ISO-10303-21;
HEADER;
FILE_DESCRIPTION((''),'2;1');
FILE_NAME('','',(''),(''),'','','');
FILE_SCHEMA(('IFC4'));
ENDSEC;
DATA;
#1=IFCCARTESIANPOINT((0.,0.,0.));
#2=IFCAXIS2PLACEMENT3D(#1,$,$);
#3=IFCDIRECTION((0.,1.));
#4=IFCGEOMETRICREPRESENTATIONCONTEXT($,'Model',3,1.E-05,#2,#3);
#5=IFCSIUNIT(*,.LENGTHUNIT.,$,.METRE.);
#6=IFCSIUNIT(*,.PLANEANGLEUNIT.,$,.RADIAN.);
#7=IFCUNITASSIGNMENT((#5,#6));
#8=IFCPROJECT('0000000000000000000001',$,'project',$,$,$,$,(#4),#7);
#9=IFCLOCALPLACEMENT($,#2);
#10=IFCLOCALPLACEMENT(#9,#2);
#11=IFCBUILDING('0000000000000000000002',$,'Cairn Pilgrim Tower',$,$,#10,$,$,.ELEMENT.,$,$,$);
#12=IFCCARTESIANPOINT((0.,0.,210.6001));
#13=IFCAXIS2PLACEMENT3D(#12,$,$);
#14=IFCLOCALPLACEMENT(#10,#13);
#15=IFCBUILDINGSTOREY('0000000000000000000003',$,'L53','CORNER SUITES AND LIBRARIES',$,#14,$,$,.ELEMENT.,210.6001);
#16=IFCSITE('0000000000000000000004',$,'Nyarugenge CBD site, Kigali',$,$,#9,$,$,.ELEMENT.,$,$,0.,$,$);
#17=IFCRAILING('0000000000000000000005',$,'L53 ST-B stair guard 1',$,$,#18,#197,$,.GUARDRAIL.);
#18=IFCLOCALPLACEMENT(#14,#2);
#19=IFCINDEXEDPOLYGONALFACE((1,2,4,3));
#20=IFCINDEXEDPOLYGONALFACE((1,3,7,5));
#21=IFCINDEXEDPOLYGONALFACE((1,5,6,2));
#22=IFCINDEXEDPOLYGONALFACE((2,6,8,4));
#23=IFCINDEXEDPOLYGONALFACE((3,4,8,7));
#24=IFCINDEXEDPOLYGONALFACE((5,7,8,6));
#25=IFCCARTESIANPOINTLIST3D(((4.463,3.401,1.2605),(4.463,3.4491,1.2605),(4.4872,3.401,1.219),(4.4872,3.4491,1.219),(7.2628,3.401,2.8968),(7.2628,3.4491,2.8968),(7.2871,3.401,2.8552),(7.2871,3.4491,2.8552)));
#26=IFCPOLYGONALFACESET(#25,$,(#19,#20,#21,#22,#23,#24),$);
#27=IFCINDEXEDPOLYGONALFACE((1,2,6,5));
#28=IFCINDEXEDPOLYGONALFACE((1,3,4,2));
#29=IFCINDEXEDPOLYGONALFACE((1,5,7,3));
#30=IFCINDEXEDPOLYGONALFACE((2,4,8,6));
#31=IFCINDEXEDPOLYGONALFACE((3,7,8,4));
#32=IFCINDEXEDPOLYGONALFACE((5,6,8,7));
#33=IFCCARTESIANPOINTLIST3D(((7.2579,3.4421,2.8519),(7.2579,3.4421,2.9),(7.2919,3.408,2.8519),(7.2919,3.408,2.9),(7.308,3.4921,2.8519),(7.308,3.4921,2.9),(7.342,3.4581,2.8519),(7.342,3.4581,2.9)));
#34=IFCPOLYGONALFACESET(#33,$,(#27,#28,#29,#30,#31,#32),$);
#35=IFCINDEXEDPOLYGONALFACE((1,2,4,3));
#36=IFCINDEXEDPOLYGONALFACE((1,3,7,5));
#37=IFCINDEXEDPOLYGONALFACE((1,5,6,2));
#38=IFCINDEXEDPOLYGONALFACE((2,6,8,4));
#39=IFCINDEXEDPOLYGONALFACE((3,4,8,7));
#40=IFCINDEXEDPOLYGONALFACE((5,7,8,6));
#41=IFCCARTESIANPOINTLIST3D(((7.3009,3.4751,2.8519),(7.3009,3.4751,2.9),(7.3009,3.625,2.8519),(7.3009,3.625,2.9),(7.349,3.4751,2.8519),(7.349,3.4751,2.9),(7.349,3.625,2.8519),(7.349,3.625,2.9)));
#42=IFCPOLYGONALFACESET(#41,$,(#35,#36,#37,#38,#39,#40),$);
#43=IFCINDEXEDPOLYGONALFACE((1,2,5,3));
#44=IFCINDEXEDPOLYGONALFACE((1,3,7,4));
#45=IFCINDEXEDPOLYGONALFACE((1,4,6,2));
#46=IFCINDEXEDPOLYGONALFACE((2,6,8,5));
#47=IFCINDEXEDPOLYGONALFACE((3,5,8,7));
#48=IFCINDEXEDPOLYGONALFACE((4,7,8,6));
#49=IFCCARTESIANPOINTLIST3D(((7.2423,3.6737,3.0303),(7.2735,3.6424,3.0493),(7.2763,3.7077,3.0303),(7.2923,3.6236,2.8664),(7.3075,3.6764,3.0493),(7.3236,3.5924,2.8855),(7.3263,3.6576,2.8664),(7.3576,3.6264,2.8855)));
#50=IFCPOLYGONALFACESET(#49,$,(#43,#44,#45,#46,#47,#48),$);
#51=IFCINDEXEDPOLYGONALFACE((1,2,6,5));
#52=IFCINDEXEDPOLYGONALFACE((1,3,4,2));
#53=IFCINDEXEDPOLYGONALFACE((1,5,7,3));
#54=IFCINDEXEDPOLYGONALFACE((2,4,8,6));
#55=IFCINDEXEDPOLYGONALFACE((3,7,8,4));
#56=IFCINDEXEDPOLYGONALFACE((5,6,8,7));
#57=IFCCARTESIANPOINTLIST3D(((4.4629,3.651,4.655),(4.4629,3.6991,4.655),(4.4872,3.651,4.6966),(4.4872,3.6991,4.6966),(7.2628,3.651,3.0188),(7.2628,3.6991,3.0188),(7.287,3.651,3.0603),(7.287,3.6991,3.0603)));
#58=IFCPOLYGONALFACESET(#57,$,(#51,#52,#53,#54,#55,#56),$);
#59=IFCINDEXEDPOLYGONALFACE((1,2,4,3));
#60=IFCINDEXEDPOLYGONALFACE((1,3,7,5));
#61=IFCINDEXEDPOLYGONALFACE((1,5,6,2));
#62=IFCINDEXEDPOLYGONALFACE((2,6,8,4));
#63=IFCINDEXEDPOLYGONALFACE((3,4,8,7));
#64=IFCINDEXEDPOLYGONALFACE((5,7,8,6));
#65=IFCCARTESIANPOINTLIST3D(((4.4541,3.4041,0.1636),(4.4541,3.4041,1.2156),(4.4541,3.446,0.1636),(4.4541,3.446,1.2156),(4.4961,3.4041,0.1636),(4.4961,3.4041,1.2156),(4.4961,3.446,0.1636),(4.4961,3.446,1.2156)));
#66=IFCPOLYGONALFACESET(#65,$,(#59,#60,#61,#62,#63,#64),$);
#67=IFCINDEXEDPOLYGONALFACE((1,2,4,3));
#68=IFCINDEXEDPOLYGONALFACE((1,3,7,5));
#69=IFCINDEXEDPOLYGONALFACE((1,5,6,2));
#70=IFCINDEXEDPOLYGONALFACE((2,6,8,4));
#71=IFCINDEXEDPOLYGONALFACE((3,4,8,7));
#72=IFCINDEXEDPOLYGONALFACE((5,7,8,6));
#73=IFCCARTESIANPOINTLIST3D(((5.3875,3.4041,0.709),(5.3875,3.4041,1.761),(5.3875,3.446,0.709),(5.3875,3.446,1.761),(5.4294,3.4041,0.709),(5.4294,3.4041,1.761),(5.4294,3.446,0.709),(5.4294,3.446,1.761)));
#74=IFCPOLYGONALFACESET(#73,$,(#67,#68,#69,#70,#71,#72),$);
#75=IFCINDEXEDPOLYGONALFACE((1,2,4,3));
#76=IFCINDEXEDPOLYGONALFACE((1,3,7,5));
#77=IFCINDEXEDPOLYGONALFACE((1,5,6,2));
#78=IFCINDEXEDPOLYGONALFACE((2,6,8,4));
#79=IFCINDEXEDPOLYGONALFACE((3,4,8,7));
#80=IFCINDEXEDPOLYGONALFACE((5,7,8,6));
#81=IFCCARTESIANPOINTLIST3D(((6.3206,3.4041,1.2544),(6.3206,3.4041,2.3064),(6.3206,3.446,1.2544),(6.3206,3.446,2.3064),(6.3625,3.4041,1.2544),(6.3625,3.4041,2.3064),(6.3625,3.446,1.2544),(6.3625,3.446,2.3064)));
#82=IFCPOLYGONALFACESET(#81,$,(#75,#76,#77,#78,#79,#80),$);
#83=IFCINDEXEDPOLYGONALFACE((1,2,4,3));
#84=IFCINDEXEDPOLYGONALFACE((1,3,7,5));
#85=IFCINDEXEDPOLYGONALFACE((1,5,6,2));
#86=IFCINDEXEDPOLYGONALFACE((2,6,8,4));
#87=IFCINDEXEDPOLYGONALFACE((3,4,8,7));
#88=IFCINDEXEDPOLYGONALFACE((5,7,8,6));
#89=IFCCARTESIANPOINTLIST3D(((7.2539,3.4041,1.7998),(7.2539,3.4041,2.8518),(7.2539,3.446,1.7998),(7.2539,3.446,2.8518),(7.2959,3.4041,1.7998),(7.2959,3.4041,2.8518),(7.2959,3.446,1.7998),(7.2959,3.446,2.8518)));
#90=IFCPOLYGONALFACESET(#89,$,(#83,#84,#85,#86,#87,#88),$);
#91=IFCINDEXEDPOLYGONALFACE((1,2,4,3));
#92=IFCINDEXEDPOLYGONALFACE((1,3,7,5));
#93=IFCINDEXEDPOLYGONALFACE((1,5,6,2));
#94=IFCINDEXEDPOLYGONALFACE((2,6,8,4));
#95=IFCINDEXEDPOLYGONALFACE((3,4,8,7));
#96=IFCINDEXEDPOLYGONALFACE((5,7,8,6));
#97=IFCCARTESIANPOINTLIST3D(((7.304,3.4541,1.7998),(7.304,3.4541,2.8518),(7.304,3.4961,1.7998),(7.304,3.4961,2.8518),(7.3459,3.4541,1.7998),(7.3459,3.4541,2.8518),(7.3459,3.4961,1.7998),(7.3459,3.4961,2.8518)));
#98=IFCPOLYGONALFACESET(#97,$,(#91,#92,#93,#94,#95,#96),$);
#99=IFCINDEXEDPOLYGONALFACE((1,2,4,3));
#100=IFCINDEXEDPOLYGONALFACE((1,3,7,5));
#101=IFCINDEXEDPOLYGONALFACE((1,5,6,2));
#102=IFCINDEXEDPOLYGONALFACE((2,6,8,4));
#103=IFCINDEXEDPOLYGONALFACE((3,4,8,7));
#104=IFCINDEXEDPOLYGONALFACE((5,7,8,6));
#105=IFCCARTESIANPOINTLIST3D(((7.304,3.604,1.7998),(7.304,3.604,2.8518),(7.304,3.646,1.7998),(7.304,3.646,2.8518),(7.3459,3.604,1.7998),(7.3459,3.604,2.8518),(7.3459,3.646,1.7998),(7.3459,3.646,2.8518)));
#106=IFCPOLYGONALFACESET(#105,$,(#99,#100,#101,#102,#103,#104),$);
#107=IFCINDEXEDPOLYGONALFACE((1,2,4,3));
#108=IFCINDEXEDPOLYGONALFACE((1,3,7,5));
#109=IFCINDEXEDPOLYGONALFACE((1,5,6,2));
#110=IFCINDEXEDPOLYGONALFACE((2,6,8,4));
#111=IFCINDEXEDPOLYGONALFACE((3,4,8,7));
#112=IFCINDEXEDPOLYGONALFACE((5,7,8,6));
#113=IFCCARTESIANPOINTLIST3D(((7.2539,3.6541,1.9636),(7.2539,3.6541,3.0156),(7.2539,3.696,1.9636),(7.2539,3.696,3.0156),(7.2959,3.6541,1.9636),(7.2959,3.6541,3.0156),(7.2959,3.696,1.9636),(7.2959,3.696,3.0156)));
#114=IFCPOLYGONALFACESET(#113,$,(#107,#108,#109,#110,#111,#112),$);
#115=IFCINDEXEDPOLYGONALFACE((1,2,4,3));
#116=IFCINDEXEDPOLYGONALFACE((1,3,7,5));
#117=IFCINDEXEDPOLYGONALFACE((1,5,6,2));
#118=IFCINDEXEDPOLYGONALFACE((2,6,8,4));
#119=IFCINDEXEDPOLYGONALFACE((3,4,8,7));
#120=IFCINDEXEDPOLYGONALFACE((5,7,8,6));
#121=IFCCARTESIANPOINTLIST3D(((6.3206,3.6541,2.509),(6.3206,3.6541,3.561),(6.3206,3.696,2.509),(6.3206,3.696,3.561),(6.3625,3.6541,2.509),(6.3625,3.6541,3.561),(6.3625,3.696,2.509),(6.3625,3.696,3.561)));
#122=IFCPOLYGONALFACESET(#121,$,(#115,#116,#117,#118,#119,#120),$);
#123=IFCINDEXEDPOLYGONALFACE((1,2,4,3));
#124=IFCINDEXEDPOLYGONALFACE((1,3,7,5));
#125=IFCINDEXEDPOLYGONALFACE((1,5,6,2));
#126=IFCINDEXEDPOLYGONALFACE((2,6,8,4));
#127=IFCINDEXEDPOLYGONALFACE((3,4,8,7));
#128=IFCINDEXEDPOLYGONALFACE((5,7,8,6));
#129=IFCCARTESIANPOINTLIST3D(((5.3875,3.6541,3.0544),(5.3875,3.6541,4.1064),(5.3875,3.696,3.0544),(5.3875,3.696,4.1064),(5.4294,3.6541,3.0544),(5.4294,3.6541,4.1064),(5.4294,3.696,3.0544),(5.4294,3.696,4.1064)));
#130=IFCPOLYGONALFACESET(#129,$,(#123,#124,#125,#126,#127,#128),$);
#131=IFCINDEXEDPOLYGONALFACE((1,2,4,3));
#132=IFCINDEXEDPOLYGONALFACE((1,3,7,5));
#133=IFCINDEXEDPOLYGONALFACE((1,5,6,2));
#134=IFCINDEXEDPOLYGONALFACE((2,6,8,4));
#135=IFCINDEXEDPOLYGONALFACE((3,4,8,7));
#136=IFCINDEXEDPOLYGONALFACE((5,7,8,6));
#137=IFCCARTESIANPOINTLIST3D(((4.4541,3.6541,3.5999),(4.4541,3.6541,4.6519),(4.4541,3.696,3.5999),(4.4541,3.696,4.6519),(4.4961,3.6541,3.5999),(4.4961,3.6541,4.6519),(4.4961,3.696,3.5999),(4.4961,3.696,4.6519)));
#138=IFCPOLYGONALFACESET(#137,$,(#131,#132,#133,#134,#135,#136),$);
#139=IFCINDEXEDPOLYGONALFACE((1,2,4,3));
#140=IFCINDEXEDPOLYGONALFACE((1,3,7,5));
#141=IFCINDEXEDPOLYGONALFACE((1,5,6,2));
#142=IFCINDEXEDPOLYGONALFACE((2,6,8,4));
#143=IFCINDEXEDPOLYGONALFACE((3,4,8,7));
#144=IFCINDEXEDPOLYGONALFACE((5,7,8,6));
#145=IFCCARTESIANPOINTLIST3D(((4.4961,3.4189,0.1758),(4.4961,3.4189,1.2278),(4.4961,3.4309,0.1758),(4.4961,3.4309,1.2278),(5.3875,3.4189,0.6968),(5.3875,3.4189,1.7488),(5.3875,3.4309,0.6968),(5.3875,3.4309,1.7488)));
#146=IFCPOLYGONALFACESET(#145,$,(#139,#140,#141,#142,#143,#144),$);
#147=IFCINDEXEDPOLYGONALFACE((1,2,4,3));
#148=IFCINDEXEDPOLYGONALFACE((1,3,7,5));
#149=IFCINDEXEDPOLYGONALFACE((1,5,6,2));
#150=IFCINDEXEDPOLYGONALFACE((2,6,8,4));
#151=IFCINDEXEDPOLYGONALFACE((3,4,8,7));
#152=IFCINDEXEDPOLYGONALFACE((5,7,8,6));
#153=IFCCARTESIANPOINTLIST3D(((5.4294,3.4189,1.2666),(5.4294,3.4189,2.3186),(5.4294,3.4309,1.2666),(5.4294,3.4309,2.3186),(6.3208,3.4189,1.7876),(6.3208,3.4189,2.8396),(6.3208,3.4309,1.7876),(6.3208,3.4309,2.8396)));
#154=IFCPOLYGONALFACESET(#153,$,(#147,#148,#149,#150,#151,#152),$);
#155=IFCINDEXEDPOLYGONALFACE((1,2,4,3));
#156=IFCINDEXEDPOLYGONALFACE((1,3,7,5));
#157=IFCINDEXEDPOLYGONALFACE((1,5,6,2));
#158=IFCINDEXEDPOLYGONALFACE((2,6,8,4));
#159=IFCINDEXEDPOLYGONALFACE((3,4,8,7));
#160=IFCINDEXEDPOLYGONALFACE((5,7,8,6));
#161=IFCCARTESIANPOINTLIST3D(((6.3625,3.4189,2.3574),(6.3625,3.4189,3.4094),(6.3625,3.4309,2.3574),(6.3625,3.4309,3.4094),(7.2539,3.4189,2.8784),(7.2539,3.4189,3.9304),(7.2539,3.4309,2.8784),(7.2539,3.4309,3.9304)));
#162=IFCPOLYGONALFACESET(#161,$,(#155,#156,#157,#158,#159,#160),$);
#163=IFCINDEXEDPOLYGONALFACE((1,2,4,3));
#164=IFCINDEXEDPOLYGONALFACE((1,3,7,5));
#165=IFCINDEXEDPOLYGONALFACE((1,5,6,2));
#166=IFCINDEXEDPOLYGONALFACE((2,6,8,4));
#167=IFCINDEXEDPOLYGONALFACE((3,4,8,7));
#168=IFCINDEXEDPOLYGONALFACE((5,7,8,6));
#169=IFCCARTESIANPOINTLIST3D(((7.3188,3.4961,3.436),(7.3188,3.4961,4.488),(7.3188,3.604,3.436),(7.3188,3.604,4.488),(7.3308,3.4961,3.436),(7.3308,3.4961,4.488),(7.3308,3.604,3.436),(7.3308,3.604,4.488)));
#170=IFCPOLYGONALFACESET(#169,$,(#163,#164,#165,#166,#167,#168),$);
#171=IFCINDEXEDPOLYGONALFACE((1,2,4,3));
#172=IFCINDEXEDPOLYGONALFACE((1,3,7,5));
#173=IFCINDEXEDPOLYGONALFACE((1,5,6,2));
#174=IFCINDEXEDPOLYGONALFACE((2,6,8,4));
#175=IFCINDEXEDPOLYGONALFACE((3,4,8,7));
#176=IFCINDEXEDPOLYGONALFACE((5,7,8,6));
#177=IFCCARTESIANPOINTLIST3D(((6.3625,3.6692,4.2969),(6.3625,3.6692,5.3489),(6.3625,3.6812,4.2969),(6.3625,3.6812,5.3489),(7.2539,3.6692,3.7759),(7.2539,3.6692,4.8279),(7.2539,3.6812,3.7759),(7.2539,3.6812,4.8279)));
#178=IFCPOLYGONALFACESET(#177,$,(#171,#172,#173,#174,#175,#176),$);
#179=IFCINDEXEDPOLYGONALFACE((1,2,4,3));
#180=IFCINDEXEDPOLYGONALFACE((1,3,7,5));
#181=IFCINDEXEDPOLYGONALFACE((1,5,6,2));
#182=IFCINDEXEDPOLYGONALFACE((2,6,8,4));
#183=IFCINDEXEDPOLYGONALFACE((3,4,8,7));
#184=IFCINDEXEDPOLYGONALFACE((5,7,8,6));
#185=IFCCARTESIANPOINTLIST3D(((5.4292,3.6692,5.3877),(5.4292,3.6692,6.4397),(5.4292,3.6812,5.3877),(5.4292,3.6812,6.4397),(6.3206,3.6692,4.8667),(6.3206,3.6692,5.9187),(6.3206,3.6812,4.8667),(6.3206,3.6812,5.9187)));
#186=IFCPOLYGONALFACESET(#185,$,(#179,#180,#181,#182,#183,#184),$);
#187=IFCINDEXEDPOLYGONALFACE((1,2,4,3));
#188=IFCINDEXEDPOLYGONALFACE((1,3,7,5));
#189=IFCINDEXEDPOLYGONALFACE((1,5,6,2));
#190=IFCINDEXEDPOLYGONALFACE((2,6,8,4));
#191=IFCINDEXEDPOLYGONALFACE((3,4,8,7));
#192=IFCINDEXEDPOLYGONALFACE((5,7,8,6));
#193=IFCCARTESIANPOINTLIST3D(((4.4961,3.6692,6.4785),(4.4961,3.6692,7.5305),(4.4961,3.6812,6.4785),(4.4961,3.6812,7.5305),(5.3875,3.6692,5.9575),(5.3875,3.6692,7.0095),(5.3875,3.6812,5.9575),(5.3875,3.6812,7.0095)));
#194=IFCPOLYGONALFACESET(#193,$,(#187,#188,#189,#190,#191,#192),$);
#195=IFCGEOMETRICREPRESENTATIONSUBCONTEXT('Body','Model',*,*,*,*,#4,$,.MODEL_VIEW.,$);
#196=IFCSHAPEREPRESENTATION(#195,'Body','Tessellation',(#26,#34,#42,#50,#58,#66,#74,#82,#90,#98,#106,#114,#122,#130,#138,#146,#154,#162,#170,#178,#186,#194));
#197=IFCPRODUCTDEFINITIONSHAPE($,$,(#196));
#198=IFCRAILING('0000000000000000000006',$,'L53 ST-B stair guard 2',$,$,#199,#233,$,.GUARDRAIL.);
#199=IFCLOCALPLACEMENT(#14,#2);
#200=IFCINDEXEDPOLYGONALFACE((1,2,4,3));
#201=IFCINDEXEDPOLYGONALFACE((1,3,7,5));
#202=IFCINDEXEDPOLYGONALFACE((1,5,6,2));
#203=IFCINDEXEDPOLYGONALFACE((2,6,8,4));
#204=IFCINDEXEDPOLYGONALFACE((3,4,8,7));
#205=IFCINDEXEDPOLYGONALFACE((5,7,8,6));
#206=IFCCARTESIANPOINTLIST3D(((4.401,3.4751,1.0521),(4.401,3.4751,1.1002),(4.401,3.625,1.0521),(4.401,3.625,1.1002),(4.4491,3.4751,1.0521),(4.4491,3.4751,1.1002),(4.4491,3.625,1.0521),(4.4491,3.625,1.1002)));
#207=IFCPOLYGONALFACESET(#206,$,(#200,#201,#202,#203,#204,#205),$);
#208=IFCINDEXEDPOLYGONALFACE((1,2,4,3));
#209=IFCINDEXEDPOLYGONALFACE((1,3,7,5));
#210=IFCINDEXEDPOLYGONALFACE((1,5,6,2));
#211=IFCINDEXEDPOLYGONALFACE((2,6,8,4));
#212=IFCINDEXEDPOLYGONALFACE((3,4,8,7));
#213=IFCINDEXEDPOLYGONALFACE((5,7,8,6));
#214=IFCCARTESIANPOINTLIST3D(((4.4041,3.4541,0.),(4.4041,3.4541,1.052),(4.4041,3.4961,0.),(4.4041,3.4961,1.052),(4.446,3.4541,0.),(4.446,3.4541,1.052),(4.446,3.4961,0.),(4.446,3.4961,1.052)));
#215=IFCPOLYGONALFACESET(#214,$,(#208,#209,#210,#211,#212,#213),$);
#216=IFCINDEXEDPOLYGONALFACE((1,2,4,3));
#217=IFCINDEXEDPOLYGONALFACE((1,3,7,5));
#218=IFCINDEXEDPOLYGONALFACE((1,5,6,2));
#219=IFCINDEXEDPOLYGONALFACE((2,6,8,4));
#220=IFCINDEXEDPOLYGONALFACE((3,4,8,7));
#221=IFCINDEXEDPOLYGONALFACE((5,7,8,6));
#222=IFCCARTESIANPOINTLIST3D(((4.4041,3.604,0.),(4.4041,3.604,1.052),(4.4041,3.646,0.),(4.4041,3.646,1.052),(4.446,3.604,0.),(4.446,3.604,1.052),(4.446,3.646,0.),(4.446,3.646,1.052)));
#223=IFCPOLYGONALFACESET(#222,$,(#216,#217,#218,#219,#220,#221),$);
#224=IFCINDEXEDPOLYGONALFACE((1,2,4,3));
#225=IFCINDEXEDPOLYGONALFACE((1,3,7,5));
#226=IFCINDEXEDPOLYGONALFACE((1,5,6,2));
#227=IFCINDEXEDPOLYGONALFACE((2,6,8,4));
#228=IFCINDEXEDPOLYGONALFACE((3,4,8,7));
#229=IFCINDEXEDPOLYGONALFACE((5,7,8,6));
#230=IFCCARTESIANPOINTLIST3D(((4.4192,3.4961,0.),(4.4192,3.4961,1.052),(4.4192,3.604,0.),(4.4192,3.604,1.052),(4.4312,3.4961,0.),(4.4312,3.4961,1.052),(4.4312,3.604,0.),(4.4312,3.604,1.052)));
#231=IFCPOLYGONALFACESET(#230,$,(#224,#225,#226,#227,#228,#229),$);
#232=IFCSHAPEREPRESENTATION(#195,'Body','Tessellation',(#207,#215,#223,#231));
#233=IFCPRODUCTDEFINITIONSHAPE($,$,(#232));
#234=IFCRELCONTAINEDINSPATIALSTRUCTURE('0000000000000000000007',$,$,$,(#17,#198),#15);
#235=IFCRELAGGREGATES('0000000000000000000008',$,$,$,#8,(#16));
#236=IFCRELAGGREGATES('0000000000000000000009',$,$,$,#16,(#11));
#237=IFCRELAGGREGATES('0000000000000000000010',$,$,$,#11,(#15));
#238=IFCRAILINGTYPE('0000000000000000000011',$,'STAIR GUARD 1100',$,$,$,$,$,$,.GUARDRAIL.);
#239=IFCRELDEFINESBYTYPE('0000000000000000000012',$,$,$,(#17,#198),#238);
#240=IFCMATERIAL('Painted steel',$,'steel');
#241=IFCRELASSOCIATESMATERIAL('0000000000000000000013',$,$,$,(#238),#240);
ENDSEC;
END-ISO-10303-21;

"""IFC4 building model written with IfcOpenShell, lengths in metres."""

from ifc_helpers import new_model, si_unit, direction, frame, origin, origin_2d, place, context, subcontext, project, spatial, polyline, rectangle, outline, extrude, material, type_object, element, save


model = new_model("IFC4")

# Units and contexts
model_context = context("Model", 3, precision=1e-05, world=origin(), true_north=direction((0.0, 1.0)))
body_context = subcontext(model_context, "Body", "Model", "MODEL_VIEW")
ifc_project = project(units=[si_unit("LENGTHUNIT", "METRE"), si_unit("PLANEANGLEUNIT", "RADIAN")], contexts=[model_context])

# Site, building, storey
site_placement = place(None, origin())
site = spatial("IfcSite", under=ifc_project, at=site_placement, Name="Nyarugenge CBD site, Kigali", CompositionType="ELEMENT", RefElevation=0.0)
building_placement = place(site_placement, origin())
building = spatial("IfcBuilding", under=site, at=building_placement, Name="Cairn Pilgrim Tower", CompositionType="ELEMENT")
storey_placement = place(building_placement, frame((0.0, 0.0, 210.6001)))
storey = spatial("IfcBuildingStorey", under=building, at=storey_placement, Name="L53", Description="CORNER SUITES AND LIBRARIES", CompositionType="ELEMENT", Elevation=210.6001)

# Shared definitions
ifc_material_1 = material(Name="Painted steel", Category="steel")

# Railings
railing_type_1 = type_object("IfcRailingType", Name="STAIR GUARD 1100", PredefinedType="GUARDRAIL", material=ifc_material_1)
railing_1_placement = place(storey_placement, frame((4.4751, 3.425, 0.1636)))
element("IfcRailing", 1, at=railing_1_placement, inside=storey, type_object=railing_type_1, Name="L53 ST-B stair guard 1", PredefinedType="GUARDRAIL", context=body_context, shape_type="SweptSolid", body=[
    extrude(rectangle(XDim=0.0481, YDim=0.0481, at=origin_2d()), frame((0.0, 0.0, 1.0762), z_axis=(0.863374, 0.0, 0.504564), x_axis=(0.0, 1.0, 0.0)), (0.0, 0.0, 1.0), 3.2429),
    extrude(rectangle(XDim=0.0481, YDim=0.0481, at=origin_2d()), frame((2.7998, 0.0, 2.7124), z_axis=(0.707107, 0.707107, 0.0), x_axis=(-0.707107, 0.707107, 0.0)), (0.0, 0.0, 1.0), 0.0708),
    extrude(rectangle(XDim=0.0481, YDim=0.0481, at=origin_2d()), frame((2.8499, 0.05, 2.7124), z_axis=(0.0, 1.0, 0.0), x_axis=(-1.0, 0.0, 0.0)), (0.0, 0.0, 1.0), 0.1499),
    extrude(rectangle(XDim=0.0481, YDim=0.0481, at=origin_2d()), frame((2.8499, 0.2, 2.7124), z_axis=(-0.280456, 0.280456, 0.917981), x_axis=(-0.707107, -0.707107, 0.0)), (0.0, 0.0, 1.0), 0.1785),
    extrude(rectangle(XDim=0.0481, YDim=0.0481, at=origin_2d()), frame((2.7998, 0.25, 2.876), z_axis=(-0.863374, 0.0, 0.504564), x_axis=(0.0, -1.0, 0.0)), (0.0, 0.0, 1.0), 3.2429),
    extrude(rectangle(XDim=0.042, YDim=0.042, at=origin_2d()), origin(), (0.0, 0.0, 1.0), 1.052),
    extrude(rectangle(XDim=0.042, YDim=0.042, at=origin_2d()), frame((0.9333, 0.0, 0.5454)), (0.0, 0.0, 1.0), 1.052),
    extrude(rectangle(XDim=0.042, YDim=0.042, at=origin_2d()), frame((1.8665, 0.0, 1.0908)), (0.0, 0.0, 1.0), 1.052),
    extrude(rectangle(XDim=0.042, YDim=0.042, at=origin_2d()), frame((2.7998, 0.0, 1.6362)), (0.0, 0.0, 1.0), 1.052),
    extrude(rectangle(XDim=0.042, YDim=0.042, at=origin_2d()), frame((2.8499, 0.05, 1.6362)), (0.0, 0.0, 1.0), 1.052),
    extrude(rectangle(XDim=0.042, YDim=0.042, at=origin_2d()), frame((2.8499, 0.2, 1.6362)), (0.0, 0.0, 1.0), 1.052),
    extrude(rectangle(XDim=0.042, YDim=0.042, at=origin_2d()), frame((2.7998, 0.25, 1.8)), (0.0, 0.0, 1.0), 1.052),
    extrude(rectangle(XDim=0.042, YDim=0.042, at=origin_2d()), frame((1.8665, 0.25, 2.3455)), (0.0, 0.0, 1.0), 1.052),
    extrude(rectangle(XDim=0.042, YDim=0.042, at=origin_2d()), frame((0.9333, 0.25, 2.8909)), (0.0, 0.0, 1.0), 1.052),
    extrude(rectangle(XDim=0.042, YDim=0.042, at=origin_2d()), frame((0.0, 0.25, 3.4363)), (0.0, 0.0, 1.0), 1.052),
    extrude(outline(polyline([(0.021, 0.0122), (0.9124, 0.5332), (0.9124, 1.5852), (0.021, 1.0642), (0.021, 0.0122)])), frame((0.0, 0.0059, 0.0), z_axis=(0.0, -1.0, 0.0), x_axis=(1.0, 0.0, 0.0)), (0.0, 0.0, 1.0), 0.012),
    extrude(outline(polyline([(0.021, 0.5576), (0.9124, 1.0786), (0.9124, 2.1306), (0.021, 1.6096), (0.021, 0.5576)])), frame((0.9333, 0.0059, 0.5454), z_axis=(0.0, -1.0, 0.0), x_axis=(1.0, 0.0, 0.0)), (0.0, 0.0, 1.0), 0.012),
    extrude(outline(polyline([(0.021, 1.103), (0.9124, 1.624), (0.9124, 2.676), (0.021, 2.155), (0.021, 1.103)])), frame((1.8665, 0.0059, 1.0908), z_axis=(0.0, -1.0, 0.0), x_axis=(1.0, 0.0, 0.0)), (0.0, 0.0, 1.0), 0.012),
    extrude(outline(polyline([(0.021, 1.6362), (0.1289, 1.6362), (0.1289, 2.6882), (0.021, 2.6882), (0.021, 1.6362)])), frame((2.8438, 0.05, 1.6362), z_axis=(1.0, 0.0, 0.0), x_axis=(0.0, 1.0, 0.0)), (0.0, 0.0, 1.0), 0.012),
    extrude(outline(polyline([(0.021, 1.8123), (0.9124, 2.3333), (0.9124, 3.3853), (0.021, 2.8643), (0.021, 1.8123)])), frame((2.7998, 0.2441, 1.8), z_axis=(0.0, 1.0, 0.0), x_axis=(-1.0, 0.0, 0.0)), (0.0, 0.0, 1.0), 0.012),
    extrude(outline(polyline([(0.021, 2.3577), (0.9124, 2.8787), (0.9124, 3.9307), (0.021, 3.4097), (0.021, 2.3577)])), frame((1.8665, 0.2441, 2.3455), z_axis=(0.0, 1.0, 0.0), x_axis=(-1.0, 0.0, 0.0)), (0.0, 0.0, 1.0), 0.012),
    extrude(outline(polyline([(0.021, 2.9031), (0.9124, 3.4241), (0.9124, 4.4761), (0.021, 3.9551), (0.021, 2.9031)])), frame((0.9333, 0.2441, 2.8909), z_axis=(0.0, 1.0, 0.0), x_axis=(-1.0, 0.0, 0.0)), (0.0, 0.0, 1.0), 0.012),
])
railing_2_placement = place(storey_placement, frame((4.425, 3.4751, 0.0)))
element("IfcRailing", 2, at=railing_2_placement, inside=storey, type_object=railing_type_1, Name="L53 ST-B stair guard 2", PredefinedType="GUARDRAIL", context=body_context, shape_type="SweptSolid", body=[
    extrude(rectangle(XDim=0.0481, YDim=0.0481, at=origin_2d()), frame((0.0, 0.0, 1.0762), z_axis=(0.0, 1.0, 0.0), x_axis=(-1.0, 0.0, 0.0)), (0.0, 0.0, 1.0), 0.1499),
    extrude(rectangle(XDim=0.042, YDim=0.042, at=origin_2d()), origin(), (0.0, 0.0, 1.0), 1.052),
    extrude(rectangle(XDim=0.042, YDim=0.042, at=origin_2d()), frame((0.0, 0.1499, 0.0)), (0.0, 0.0, 1.0), 1.052),
    extrude(outline(polyline([(0.021, 0.0), (0.1289, 0.0), (0.1289, 1.052), (0.021, 1.052), (0.021, 0.0)])), frame((-0.0059, 0.0, 0.0), z_axis=(1.0, 0.0, 0.0), x_axis=(0.0, 1.0, 0.0)), (0.0, 0.0, 1.0), 0.012),
])

save(model, "model.ifc")
